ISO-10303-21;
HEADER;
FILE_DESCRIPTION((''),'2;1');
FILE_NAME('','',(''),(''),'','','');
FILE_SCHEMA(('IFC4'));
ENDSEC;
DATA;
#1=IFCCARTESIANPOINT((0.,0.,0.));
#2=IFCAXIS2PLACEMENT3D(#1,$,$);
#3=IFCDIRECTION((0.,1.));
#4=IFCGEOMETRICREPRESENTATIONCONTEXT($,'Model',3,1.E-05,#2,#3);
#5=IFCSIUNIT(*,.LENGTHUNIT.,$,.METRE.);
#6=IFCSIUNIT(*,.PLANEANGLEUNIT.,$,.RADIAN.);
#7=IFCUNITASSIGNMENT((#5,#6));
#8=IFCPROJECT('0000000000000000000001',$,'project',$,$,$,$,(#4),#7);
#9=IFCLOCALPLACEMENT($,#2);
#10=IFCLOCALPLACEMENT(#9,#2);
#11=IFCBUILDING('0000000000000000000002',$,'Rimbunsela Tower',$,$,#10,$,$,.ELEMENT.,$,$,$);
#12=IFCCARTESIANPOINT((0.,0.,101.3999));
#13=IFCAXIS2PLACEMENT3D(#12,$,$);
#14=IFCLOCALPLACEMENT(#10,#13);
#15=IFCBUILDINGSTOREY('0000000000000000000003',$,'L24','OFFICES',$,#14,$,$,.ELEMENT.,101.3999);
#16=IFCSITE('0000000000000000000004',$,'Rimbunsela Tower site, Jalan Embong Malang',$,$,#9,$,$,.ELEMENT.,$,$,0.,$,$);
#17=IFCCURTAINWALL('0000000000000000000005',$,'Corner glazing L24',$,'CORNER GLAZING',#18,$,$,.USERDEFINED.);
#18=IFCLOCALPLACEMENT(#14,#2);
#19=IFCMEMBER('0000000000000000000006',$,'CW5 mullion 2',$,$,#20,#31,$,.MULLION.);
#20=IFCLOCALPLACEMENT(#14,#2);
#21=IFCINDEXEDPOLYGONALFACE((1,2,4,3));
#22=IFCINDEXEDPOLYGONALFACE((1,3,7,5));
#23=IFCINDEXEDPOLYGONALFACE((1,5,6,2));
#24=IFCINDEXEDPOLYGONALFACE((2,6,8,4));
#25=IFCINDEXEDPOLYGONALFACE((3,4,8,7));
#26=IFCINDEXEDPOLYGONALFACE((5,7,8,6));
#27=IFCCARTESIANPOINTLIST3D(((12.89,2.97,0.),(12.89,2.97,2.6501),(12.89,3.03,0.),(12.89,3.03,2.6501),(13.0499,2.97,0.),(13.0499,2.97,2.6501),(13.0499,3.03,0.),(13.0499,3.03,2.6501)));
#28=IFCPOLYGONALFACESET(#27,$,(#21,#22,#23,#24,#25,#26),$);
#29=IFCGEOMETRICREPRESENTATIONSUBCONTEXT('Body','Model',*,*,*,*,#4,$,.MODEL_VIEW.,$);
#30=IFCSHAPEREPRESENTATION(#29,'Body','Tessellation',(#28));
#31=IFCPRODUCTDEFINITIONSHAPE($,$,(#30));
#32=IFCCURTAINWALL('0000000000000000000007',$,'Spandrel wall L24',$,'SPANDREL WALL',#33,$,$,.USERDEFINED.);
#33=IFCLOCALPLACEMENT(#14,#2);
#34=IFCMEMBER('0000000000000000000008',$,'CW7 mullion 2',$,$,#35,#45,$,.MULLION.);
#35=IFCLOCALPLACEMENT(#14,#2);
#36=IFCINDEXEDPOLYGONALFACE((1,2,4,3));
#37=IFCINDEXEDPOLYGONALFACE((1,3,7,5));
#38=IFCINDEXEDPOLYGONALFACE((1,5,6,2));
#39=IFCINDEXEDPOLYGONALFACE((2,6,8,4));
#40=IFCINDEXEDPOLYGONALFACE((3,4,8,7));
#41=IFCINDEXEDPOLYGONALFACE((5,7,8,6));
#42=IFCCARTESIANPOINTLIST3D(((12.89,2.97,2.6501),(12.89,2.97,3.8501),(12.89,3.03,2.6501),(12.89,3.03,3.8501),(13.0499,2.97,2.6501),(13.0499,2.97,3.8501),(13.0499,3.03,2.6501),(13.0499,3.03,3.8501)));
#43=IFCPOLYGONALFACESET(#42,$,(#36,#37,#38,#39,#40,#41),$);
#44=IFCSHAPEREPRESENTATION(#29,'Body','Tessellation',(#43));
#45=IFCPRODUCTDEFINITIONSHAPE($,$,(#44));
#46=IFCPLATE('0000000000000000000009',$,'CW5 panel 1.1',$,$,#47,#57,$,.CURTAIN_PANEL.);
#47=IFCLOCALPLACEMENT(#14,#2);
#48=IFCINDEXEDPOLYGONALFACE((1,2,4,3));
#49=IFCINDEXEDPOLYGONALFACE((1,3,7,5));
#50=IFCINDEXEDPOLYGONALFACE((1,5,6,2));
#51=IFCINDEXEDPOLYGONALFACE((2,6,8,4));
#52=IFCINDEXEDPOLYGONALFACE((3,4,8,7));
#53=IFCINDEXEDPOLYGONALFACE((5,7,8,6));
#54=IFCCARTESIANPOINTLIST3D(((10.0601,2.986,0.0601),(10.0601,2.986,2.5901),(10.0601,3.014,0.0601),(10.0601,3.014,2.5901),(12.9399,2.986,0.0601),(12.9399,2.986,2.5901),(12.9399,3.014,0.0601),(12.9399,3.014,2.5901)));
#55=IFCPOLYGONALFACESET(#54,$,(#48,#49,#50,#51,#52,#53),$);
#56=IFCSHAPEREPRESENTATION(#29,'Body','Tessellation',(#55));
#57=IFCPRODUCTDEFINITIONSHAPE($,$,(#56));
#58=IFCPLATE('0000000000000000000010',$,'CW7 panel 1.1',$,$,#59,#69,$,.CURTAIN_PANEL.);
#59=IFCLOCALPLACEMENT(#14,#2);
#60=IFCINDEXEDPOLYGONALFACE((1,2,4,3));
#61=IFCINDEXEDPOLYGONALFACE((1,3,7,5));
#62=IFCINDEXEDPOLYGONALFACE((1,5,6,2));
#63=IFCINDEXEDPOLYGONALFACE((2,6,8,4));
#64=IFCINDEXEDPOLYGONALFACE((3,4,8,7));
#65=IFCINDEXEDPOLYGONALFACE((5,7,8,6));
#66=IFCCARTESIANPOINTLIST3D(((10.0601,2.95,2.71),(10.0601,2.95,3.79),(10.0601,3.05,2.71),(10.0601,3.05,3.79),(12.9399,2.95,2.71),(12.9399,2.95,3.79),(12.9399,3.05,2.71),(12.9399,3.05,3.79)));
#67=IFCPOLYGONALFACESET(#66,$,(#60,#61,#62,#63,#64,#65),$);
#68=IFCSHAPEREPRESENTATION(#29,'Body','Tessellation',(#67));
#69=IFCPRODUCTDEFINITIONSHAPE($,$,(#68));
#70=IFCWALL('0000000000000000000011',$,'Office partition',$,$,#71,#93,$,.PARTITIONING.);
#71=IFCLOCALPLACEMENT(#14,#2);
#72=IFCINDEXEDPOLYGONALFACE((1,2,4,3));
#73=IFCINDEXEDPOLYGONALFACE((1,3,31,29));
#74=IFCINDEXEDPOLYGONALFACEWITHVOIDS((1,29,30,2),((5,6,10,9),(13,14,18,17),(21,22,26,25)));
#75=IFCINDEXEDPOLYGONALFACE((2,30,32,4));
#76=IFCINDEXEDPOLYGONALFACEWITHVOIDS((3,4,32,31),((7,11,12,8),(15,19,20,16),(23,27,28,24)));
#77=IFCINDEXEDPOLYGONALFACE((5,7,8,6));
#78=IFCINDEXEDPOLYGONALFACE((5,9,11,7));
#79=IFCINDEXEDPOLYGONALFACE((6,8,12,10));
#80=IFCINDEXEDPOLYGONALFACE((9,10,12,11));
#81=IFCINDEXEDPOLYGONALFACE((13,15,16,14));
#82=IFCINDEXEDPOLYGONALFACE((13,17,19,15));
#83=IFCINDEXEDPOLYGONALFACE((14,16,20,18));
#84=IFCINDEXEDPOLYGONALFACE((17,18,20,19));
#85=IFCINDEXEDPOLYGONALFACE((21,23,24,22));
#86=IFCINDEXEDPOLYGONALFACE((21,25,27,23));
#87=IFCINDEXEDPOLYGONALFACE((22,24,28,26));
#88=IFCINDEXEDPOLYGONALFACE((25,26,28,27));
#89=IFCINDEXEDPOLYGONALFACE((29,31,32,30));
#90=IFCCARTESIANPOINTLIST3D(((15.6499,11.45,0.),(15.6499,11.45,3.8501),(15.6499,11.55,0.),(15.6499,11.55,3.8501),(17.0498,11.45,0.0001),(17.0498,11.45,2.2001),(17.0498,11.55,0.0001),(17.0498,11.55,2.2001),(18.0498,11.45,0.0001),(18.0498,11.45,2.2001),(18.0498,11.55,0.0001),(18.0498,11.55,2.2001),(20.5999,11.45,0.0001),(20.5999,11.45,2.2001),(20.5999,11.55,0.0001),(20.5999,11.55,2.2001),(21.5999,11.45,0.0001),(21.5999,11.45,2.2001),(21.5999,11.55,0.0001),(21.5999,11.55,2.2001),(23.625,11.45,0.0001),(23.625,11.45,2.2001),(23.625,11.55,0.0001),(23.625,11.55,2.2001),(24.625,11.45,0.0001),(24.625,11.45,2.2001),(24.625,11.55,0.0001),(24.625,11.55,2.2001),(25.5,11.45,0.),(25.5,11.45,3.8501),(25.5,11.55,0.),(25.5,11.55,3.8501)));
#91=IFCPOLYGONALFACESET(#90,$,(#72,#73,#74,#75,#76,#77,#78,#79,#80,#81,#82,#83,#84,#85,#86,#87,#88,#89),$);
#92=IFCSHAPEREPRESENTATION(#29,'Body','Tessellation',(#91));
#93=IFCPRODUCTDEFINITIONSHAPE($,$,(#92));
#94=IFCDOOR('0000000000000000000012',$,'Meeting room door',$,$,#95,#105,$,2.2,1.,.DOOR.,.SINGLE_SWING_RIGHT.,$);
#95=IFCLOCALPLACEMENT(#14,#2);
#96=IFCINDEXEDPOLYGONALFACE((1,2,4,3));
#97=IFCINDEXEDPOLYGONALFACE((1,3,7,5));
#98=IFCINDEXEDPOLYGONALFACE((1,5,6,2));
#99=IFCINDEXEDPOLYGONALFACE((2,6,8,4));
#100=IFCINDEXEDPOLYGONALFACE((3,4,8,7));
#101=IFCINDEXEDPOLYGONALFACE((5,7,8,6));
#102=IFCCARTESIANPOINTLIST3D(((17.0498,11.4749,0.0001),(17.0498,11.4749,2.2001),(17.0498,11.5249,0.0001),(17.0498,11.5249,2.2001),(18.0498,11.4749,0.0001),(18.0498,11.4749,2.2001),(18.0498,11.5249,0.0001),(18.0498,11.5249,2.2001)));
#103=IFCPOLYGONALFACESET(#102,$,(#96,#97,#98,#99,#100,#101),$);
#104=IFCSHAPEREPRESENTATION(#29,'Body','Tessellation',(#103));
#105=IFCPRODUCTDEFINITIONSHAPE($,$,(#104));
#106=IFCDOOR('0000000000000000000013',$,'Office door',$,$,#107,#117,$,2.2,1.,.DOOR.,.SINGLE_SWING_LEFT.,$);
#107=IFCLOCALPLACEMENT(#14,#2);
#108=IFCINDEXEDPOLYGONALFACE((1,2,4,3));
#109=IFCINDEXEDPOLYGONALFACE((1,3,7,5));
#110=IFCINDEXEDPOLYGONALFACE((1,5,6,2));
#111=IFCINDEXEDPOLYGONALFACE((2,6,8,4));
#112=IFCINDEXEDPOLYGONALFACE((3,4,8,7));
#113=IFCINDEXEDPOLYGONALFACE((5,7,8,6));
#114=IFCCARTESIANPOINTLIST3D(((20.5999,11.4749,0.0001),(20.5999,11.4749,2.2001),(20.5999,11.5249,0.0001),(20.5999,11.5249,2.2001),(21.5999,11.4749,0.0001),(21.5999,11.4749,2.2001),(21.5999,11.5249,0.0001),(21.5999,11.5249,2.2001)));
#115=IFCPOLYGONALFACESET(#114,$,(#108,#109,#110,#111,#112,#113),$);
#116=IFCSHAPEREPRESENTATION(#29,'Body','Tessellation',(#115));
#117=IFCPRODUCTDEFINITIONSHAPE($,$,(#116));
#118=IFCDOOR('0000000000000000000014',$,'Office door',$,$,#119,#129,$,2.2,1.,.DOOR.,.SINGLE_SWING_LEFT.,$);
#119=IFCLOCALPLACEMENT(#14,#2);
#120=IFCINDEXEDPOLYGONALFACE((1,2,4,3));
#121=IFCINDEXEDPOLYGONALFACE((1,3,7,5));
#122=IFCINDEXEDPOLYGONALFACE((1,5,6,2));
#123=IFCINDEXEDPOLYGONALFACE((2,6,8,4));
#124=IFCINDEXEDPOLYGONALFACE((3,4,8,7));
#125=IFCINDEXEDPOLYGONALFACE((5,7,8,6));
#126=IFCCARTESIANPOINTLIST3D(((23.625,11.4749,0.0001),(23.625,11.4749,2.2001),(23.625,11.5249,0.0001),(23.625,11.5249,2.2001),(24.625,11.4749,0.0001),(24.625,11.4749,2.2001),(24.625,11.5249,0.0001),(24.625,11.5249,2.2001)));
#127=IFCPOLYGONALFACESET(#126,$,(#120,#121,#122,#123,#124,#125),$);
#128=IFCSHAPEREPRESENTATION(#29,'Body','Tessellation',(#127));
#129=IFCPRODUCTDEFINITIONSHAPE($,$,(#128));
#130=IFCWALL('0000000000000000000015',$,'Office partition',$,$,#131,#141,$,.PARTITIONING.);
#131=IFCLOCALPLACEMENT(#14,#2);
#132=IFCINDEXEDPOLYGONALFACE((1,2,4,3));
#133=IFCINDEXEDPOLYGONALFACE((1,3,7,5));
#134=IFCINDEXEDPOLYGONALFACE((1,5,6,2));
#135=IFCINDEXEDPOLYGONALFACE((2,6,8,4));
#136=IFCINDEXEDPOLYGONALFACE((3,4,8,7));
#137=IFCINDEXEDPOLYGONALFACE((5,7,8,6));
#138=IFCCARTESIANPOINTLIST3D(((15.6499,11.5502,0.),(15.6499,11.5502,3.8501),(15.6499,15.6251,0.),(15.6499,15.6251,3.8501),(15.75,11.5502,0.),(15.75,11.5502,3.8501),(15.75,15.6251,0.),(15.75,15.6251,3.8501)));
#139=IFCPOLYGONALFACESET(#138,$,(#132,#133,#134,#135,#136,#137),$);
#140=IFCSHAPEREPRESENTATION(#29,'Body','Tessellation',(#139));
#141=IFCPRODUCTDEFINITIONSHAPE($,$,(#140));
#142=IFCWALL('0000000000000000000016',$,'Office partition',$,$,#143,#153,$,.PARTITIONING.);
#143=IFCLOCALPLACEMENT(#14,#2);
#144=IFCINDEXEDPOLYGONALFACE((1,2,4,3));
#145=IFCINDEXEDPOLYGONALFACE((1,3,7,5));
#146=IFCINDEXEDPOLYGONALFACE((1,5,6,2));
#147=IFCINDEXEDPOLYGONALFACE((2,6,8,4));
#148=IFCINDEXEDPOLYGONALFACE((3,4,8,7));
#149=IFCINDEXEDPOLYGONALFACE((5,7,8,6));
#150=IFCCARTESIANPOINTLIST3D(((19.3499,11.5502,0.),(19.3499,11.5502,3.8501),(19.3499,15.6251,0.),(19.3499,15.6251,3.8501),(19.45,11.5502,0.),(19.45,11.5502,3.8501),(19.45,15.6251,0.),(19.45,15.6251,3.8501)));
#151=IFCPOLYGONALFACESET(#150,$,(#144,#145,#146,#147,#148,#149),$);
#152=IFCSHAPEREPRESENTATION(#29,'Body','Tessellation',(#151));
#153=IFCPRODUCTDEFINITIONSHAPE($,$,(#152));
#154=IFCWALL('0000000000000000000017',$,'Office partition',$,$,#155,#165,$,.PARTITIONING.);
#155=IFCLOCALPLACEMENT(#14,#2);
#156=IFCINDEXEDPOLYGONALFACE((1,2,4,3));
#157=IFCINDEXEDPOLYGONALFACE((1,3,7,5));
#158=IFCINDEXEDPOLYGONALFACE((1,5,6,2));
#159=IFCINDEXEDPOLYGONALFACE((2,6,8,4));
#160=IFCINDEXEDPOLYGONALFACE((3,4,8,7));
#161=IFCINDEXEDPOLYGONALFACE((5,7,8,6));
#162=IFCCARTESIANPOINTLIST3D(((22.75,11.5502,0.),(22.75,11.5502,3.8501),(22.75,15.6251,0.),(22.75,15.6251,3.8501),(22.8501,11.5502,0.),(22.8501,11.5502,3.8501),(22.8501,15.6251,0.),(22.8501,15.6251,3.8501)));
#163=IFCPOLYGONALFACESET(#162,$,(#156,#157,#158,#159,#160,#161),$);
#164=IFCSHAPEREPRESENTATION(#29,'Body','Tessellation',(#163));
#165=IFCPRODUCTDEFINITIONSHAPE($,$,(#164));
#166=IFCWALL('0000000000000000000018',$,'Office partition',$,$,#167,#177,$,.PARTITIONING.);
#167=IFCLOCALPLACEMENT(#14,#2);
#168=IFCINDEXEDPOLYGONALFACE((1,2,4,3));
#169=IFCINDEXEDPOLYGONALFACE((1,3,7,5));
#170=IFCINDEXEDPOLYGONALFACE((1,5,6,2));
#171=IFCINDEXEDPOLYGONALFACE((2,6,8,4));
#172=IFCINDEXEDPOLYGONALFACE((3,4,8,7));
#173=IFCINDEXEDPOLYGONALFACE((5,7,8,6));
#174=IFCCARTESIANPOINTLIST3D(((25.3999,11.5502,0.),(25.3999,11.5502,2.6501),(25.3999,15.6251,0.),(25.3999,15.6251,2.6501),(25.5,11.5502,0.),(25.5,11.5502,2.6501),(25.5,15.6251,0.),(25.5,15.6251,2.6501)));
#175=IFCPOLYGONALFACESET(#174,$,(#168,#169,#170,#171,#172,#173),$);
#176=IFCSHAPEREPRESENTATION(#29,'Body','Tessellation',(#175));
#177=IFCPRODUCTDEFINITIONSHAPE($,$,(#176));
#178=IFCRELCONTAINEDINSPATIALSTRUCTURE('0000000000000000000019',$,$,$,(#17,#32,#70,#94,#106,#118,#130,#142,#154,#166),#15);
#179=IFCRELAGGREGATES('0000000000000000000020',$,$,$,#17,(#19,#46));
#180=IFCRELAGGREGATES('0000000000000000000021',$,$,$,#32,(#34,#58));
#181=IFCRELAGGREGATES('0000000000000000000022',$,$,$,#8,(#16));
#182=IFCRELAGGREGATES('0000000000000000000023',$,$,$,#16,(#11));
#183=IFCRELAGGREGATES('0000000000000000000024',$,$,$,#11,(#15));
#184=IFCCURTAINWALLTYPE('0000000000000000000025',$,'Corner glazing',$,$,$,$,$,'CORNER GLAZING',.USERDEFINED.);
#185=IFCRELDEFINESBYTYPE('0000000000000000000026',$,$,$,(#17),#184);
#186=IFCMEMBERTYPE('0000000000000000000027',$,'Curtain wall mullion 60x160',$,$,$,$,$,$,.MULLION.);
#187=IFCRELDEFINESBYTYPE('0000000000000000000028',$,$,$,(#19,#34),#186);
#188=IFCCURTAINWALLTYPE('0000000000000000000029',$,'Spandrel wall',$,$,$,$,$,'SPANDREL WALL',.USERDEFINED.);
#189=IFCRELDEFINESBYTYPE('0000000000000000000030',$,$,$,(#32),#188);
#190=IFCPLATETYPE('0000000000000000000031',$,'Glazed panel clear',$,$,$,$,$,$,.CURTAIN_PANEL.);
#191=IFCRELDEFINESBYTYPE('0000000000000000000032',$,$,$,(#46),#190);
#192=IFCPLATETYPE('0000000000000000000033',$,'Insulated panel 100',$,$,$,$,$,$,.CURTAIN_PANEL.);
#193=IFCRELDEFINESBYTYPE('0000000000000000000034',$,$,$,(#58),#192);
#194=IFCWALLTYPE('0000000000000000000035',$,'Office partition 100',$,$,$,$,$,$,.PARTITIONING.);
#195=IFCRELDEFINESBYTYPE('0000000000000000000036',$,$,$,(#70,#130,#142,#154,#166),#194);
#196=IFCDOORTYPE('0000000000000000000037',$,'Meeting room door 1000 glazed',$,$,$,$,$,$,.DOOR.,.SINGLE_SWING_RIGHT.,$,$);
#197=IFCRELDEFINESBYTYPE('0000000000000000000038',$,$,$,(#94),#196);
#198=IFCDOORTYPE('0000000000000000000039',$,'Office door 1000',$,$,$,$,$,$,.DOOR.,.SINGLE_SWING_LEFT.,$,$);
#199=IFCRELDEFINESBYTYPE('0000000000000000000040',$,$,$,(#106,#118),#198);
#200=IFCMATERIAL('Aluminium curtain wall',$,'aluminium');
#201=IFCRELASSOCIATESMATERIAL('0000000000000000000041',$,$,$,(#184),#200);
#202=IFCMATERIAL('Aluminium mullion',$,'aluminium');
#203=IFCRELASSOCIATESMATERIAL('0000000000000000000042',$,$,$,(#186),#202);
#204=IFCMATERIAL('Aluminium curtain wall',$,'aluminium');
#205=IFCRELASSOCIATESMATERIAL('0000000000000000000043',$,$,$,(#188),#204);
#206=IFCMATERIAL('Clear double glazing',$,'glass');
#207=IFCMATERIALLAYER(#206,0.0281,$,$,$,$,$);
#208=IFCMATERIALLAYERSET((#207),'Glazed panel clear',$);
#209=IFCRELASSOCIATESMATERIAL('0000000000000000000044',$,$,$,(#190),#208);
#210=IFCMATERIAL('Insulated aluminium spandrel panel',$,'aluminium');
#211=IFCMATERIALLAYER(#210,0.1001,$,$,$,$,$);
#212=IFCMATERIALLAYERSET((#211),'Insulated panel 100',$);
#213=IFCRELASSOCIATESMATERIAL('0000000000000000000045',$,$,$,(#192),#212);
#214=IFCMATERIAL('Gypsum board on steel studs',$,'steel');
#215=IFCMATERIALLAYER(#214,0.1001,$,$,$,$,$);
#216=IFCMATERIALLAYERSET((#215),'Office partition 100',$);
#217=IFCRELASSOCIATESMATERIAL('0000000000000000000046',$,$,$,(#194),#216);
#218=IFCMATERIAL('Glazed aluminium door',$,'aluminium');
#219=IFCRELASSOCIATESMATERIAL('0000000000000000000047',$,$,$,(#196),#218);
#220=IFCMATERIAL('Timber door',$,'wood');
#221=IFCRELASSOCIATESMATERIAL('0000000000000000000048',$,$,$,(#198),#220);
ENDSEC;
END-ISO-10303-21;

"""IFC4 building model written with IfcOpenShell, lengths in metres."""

from ifc_helpers import new_model, si_unit, direction, frame, frame_2d, origin, origin_2d, place, context, subcontext, project, spatial, rectangle, extrude, material, layer, layer_set, material_profile, profile_set, type_object, element, fill, aggregate, save


model = new_model("IFC4")

# Units and contexts
model_context = context("Model", 3, precision=1e-05, world=origin(), true_north=direction((0.0, 1.0)))
body_context = subcontext(model_context, "Body", "Model", "MODEL_VIEW")
ifc_project = project(units=[si_unit("LENGTHUNIT", "METRE"), si_unit("PLANEANGLEUNIT", "RADIAN")], contexts=[model_context])

# Site, building, storey
site_placement = place(None, origin())
site = spatial("IfcSite", under=ifc_project, at=site_placement, Name="Rimbunsela Tower site, Jalan Embong Malang", CompositionType="ELEMENT", RefElevation=0.0)
building_placement = place(site_placement, origin())
building = spatial("IfcBuilding", under=site, at=building_placement, Name="Rimbunsela Tower", CompositionType="ELEMENT")
storey_placement = place(building_placement, frame((0.0, 0.0, 101.3999)))
storey = spatial("IfcBuildingStorey", under=building, at=storey_placement, Name="L24", Description="OFFICES", CompositionType="ELEMENT", Elevation=101.3999)

# Curtain walls, members
ifc_material_1 = material(Name="Aluminium curtain wall", Category="aluminium")
curtain_wall_type_1 = type_object("IfcCurtainWallType", Name="Corner glazing", ElementType="CORNER GLAZING", PredefinedType="USERDEFINED", material=ifc_material_1)
curtain_wall_1_placement = place(storey_placement, origin())
curtain_wall_1 = element("IfcCurtainWall", 1, at=curtain_wall_1_placement, inside=storey, type_object=curtain_wall_type_1, Name="Corner glazing L24", ObjectType="CORNER GLAZING", PredefinedType="USERDEFINED")
ifc_material_2 = material(Name="Aluminium mullion", Category="aluminium")
ifc_material_profile_1 = material_profile(ifc_material_2, rectangle(XDim=0.0601, YDim=0.1599, at=origin_2d()), Name="Mullion 60x160")
ifc_profile_set_1 = profile_set([ifc_material_profile_1], Name="Aluminium mullion")
member_type = type_object("IfcMemberType", Name="Curtain wall mullion 60x160", PredefinedType="MULLION", material=ifc_profile_set_1)
member_1_placement = place(storey_placement, frame((12.97, 3.0, 0.0), z_axis=(0.0, 0.0, 1.0), x_axis=(0.0, 1.0, 0.0)))
member_1 = element("IfcMember", 2, at=member_1_placement, type_object=member_type, Name="CW5 mullion 2", PredefinedType="MULLION", context=body_context, shape_type="SweptSolid", body=[
    extrude(rectangle(XDim=0.0601, YDim=0.1599, at=origin_2d()), origin(), (0.0, 0.0, 1.0), 2.6501),
])
ifc_material_3 = material(Name="Aluminium curtain wall", Category="aluminium")
curtain_wall_type_2 = type_object("IfcCurtainWallType", Name="Spandrel wall", ElementType="SPANDREL WALL", PredefinedType="USERDEFINED", material=ifc_material_3)
curtain_wall_2_placement = place(storey_placement, origin())
curtain_wall_2 = element("IfcCurtainWall", 3, at=curtain_wall_2_placement, inside=storey, type_object=curtain_wall_type_2, Name="Spandrel wall L24", ObjectType="SPANDREL WALL", PredefinedType="USERDEFINED")
member_2_placement = place(storey_placement, frame((12.97, 3.0, 2.6501), z_axis=(0.0, 0.0, 1.0), x_axis=(0.0, 1.0, 0.0)))
member_2 = element("IfcMember", 4, at=member_2_placement, type_object=member_type, Name="CW7 mullion 2", PredefinedType="MULLION", context=body_context, shape_type="SweptSolid", body=[
    extrude(rectangle(XDim=0.0601, YDim=0.1599, at=origin_2d()), origin(), (0.0, 0.0, 1.0), 1.2),
])

# Plates
ifc_material_4 = material(Name="Clear double glazing", Category="glass")
ifc_layer_1 = layer(ifc_material_4, 0.0281)
ifc_layer_set_1 = layer_set([ifc_layer_1], Name="Glazed panel clear")
plate_type_1 = type_object("IfcPlateType", Name="Glazed panel clear", PredefinedType="CURTAIN_PANEL", material=ifc_layer_set_1)
plate_1_placement = place(storey_placement, frame((11.5, 3.0, 0.0601), z_axis=(0.0, 0.0, 1.0), x_axis=(1.0, 0.0, 0.0)))
plate_1 = element("IfcPlate", 5, at=plate_1_placement, type_object=plate_type_1, Name="CW5 panel 1.1", PredefinedType="CURTAIN_PANEL", context=body_context, shape_type="SweptSolid", body=[
    extrude(rectangle(XDim=2.8799, YDim=0.0281, at=origin_2d()), origin(), (0.0, 0.0, 1.0), 2.53),
])
aggregate(curtain_wall_1, [member_1, plate_1])
ifc_material_5 = material(Name="Insulated aluminium spandrel panel", Category="aluminium")
ifc_layer_2 = layer(ifc_material_5, 0.1001)
ifc_layer_set_2 = layer_set([ifc_layer_2], Name="Insulated panel 100")
plate_type_2 = type_object("IfcPlateType", Name="Insulated panel 100", PredefinedType="CURTAIN_PANEL", material=ifc_layer_set_2)
plate_2_placement = place(storey_placement, frame((11.5, 3.0, 2.71), z_axis=(0.0, 0.0, 1.0), x_axis=(1.0, 0.0, 0.0)))
plate_2 = element("IfcPlate", 6, at=plate_2_placement, type_object=plate_type_2, Name="CW7 panel 1.1", PredefinedType="CURTAIN_PANEL", context=body_context, shape_type="SweptSolid", body=[
    extrude(rectangle(XDim=2.8799, YDim=0.1001, at=origin_2d()), origin(), (0.0, 0.0, 1.0), 1.0801),
])
aggregate(curtain_wall_2, [member_2, plate_2])

# Wall, openings, doors
ifc_material_6 = material(Name="Gypsum board on steel studs", Category="steel")
ifc_layer_3 = layer(ifc_material_6, 0.1001)
ifc_layer_set_3 = layer_set([ifc_layer_3], Name="Office partition 100")
wall_type = type_object("IfcWallType", Name="Office partition 100", PredefinedType="PARTITIONING", material=ifc_layer_set_3)
wall_1_placement = place(storey_placement, frame((15.6499, 11.5, 0.0), z_axis=(0.0, 0.0, 1.0), x_axis=(1.0, 0.0, 0.0)))
wall_1 = element("IfcWall", 7, at=wall_1_placement, inside=storey, type_object=wall_type, Name="Office partition", PredefinedType="PARTITIONING", context=body_context, shape_type="SweptSolid", body=[
    extrude(rectangle(XDim=9.8501, YDim=0.1001, at=frame_2d((4.925, 0.0))), origin(), (0.0, 0.0, 1.0), 3.8501),
])
opening_1_placement = place(wall_1_placement, frame((1.3999, 0.0, 0.0)))
opening_1 = element("IfcOpeningElement", 8, at=opening_1_placement, cuts=wall_1, PredefinedType="OPENING", context=body_context, shape_type="SweptSolid", body=[
    extrude(rectangle(XDim=1.0, YDim=2.2, at=frame_2d((0.5, 1.1001))), frame((0.0, 0.0601, 0.0), z_axis=(0.0, -1.0, 0.0), x_axis=(1.0, 0.0, 0.0)), (0.0, 0.0, 1.0), 0.1201),
])
opening_2_placement = place(wall_1_placement, frame((4.95, 0.0, 0.0)))
opening_2 = element("IfcOpeningElement", 9, at=opening_2_placement, cuts=wall_1, PredefinedType="OPENING", context=body_context, shape_type="SweptSolid", body=[
    extrude(rectangle(XDim=1.0, YDim=2.2, at=frame_2d((0.5, 1.1001))), frame((0.0, 0.0601, 0.0), z_axis=(0.0, -1.0, 0.0), x_axis=(1.0, 0.0, 0.0)), (0.0, 0.0, 1.0), 0.1201),
])
opening_3_placement = place(wall_1_placement, frame((7.9751, 0.0, 0.0)))
opening_3 = element("IfcOpeningElement", 10, at=opening_3_placement, cuts=wall_1, PredefinedType="OPENING", context=body_context, shape_type="SweptSolid", body=[
    extrude(rectangle(XDim=1.0, YDim=2.2, at=frame_2d((0.5, 1.1001))), frame((0.0, 0.0601, 0.0), z_axis=(0.0, -1.0, 0.0), x_axis=(1.0, 0.0, 0.0)), (0.0, 0.0, 1.0), 0.1201),
])
ifc_material_7 = material(Name="Glazed aluminium door", Category="aluminium")
door_type_1 = type_object("IfcDoorType", Name="Meeting room door 1000 glazed", OperationType="SINGLE_SWING_RIGHT", PredefinedType="DOOR", material=ifc_material_7)
door_1_placement = place(opening_1_placement, origin())
door_1 = element("IfcDoor", 11, at=door_1_placement, inside=storey, type_object=door_type_1, Name="Meeting room door", OperationType="SINGLE_SWING_RIGHT", OverallHeight=2.2, OverallWidth=1.0, PredefinedType="DOOR", context=body_context, shape_type="SweptSolid", body=[
    extrude(rectangle(XDim=1.0, YDim=2.2, at=frame_2d((0.5, 1.1001))), frame((0.0, 0.0249, 0.0), z_axis=(0.0, -1.0, 0.0), x_axis=(1.0, 0.0, 0.0)), (0.0, 0.0, 1.0), 0.05),
])
fill(opening_1, door_1)
ifc_material_8 = material(Name="Timber door", Category="wood")
door_type_2 = type_object("IfcDoorType", Name="Office door 1000", OperationType="SINGLE_SWING_LEFT", PredefinedType="DOOR", material=ifc_material_8)
door_2_placement = place(opening_2_placement, origin())
door_2 = element("IfcDoor", 12, at=door_2_placement, inside=storey, type_object=door_type_2, Name="Office door", OperationType="SINGLE_SWING_LEFT", OverallHeight=2.2, OverallWidth=1.0, PredefinedType="DOOR", context=body_context, shape_type="SweptSolid", body=[
    extrude(rectangle(XDim=1.0, YDim=2.2, at=frame_2d((0.5, 1.1001))), frame((0.0, 0.0249, 0.0), z_axis=(0.0, -1.0, 0.0), x_axis=(1.0, 0.0, 0.0)), (0.0, 0.0, 1.0), 0.05),
])
fill(opening_2, door_2)
door_3_placement = place(opening_3_placement, origin())
door_3 = element("IfcDoor", 13, at=door_3_placement, inside=storey, type_object=door_type_2, Name="Office door", OperationType="SINGLE_SWING_LEFT", OverallHeight=2.2, OverallWidth=1.0, PredefinedType="DOOR", context=body_context, shape_type="SweptSolid", body=[
    extrude(rectangle(XDim=1.0, YDim=2.2, at=frame_2d((0.5, 1.1001))), frame((0.0, 0.0249, 0.0), z_axis=(0.0, -1.0, 0.0), x_axis=(1.0, 0.0, 0.0)), (0.0, 0.0, 1.0), 0.05),
])
fill(opening_3, door_3)

# Walls
for number, where, z_axis, x_axis, name in (
    (14, (15.7, 11.55, 0.0), (0.0, 0.0, 1.0), (0.0, 1.0, 0.0), "Office partition"),
    (15, (19.3999, 11.55, 0.0), (0.0, 0.0, 1.0), (0.0, 1.0, 0.0), "Office partition"),
    (16, (22.8, 11.55, 0.0), (0.0, 0.0, 1.0), (0.0, 1.0, 0.0), "Office partition"),
):
    element("IfcWall", number, at=place(storey_placement, frame(where, z_axis=z_axis, x_axis=x_axis)), inside=storey, type_object=wall_type, Name=name, PredefinedType="PARTITIONING", context=body_context, shape_type="SweptSolid", body=[
        extrude(rectangle(XDim=4.075, YDim=0.1001, at=frame_2d((2.0376, 0.0))), origin(), (0.0, 0.0, 1.0), 3.8501),
    ])
wall_2_placement = place(storey_placement, frame((25.45, 11.55, 0.0), z_axis=(0.0, 0.0, 1.0), x_axis=(0.0, 1.0, 0.0)))
element("IfcWall", 17, at=wall_2_placement, inside=storey, type_object=wall_type, Name="Office partition", PredefinedType="PARTITIONING", context=body_context, shape_type="SweptSolid", body=[
    extrude(rectangle(XDim=4.075, YDim=0.1001, at=frame_2d((2.0376, 0.0))), origin(), (0.0, 0.0, 1.0), 2.6501),
])

save(model, "model.ifc")
